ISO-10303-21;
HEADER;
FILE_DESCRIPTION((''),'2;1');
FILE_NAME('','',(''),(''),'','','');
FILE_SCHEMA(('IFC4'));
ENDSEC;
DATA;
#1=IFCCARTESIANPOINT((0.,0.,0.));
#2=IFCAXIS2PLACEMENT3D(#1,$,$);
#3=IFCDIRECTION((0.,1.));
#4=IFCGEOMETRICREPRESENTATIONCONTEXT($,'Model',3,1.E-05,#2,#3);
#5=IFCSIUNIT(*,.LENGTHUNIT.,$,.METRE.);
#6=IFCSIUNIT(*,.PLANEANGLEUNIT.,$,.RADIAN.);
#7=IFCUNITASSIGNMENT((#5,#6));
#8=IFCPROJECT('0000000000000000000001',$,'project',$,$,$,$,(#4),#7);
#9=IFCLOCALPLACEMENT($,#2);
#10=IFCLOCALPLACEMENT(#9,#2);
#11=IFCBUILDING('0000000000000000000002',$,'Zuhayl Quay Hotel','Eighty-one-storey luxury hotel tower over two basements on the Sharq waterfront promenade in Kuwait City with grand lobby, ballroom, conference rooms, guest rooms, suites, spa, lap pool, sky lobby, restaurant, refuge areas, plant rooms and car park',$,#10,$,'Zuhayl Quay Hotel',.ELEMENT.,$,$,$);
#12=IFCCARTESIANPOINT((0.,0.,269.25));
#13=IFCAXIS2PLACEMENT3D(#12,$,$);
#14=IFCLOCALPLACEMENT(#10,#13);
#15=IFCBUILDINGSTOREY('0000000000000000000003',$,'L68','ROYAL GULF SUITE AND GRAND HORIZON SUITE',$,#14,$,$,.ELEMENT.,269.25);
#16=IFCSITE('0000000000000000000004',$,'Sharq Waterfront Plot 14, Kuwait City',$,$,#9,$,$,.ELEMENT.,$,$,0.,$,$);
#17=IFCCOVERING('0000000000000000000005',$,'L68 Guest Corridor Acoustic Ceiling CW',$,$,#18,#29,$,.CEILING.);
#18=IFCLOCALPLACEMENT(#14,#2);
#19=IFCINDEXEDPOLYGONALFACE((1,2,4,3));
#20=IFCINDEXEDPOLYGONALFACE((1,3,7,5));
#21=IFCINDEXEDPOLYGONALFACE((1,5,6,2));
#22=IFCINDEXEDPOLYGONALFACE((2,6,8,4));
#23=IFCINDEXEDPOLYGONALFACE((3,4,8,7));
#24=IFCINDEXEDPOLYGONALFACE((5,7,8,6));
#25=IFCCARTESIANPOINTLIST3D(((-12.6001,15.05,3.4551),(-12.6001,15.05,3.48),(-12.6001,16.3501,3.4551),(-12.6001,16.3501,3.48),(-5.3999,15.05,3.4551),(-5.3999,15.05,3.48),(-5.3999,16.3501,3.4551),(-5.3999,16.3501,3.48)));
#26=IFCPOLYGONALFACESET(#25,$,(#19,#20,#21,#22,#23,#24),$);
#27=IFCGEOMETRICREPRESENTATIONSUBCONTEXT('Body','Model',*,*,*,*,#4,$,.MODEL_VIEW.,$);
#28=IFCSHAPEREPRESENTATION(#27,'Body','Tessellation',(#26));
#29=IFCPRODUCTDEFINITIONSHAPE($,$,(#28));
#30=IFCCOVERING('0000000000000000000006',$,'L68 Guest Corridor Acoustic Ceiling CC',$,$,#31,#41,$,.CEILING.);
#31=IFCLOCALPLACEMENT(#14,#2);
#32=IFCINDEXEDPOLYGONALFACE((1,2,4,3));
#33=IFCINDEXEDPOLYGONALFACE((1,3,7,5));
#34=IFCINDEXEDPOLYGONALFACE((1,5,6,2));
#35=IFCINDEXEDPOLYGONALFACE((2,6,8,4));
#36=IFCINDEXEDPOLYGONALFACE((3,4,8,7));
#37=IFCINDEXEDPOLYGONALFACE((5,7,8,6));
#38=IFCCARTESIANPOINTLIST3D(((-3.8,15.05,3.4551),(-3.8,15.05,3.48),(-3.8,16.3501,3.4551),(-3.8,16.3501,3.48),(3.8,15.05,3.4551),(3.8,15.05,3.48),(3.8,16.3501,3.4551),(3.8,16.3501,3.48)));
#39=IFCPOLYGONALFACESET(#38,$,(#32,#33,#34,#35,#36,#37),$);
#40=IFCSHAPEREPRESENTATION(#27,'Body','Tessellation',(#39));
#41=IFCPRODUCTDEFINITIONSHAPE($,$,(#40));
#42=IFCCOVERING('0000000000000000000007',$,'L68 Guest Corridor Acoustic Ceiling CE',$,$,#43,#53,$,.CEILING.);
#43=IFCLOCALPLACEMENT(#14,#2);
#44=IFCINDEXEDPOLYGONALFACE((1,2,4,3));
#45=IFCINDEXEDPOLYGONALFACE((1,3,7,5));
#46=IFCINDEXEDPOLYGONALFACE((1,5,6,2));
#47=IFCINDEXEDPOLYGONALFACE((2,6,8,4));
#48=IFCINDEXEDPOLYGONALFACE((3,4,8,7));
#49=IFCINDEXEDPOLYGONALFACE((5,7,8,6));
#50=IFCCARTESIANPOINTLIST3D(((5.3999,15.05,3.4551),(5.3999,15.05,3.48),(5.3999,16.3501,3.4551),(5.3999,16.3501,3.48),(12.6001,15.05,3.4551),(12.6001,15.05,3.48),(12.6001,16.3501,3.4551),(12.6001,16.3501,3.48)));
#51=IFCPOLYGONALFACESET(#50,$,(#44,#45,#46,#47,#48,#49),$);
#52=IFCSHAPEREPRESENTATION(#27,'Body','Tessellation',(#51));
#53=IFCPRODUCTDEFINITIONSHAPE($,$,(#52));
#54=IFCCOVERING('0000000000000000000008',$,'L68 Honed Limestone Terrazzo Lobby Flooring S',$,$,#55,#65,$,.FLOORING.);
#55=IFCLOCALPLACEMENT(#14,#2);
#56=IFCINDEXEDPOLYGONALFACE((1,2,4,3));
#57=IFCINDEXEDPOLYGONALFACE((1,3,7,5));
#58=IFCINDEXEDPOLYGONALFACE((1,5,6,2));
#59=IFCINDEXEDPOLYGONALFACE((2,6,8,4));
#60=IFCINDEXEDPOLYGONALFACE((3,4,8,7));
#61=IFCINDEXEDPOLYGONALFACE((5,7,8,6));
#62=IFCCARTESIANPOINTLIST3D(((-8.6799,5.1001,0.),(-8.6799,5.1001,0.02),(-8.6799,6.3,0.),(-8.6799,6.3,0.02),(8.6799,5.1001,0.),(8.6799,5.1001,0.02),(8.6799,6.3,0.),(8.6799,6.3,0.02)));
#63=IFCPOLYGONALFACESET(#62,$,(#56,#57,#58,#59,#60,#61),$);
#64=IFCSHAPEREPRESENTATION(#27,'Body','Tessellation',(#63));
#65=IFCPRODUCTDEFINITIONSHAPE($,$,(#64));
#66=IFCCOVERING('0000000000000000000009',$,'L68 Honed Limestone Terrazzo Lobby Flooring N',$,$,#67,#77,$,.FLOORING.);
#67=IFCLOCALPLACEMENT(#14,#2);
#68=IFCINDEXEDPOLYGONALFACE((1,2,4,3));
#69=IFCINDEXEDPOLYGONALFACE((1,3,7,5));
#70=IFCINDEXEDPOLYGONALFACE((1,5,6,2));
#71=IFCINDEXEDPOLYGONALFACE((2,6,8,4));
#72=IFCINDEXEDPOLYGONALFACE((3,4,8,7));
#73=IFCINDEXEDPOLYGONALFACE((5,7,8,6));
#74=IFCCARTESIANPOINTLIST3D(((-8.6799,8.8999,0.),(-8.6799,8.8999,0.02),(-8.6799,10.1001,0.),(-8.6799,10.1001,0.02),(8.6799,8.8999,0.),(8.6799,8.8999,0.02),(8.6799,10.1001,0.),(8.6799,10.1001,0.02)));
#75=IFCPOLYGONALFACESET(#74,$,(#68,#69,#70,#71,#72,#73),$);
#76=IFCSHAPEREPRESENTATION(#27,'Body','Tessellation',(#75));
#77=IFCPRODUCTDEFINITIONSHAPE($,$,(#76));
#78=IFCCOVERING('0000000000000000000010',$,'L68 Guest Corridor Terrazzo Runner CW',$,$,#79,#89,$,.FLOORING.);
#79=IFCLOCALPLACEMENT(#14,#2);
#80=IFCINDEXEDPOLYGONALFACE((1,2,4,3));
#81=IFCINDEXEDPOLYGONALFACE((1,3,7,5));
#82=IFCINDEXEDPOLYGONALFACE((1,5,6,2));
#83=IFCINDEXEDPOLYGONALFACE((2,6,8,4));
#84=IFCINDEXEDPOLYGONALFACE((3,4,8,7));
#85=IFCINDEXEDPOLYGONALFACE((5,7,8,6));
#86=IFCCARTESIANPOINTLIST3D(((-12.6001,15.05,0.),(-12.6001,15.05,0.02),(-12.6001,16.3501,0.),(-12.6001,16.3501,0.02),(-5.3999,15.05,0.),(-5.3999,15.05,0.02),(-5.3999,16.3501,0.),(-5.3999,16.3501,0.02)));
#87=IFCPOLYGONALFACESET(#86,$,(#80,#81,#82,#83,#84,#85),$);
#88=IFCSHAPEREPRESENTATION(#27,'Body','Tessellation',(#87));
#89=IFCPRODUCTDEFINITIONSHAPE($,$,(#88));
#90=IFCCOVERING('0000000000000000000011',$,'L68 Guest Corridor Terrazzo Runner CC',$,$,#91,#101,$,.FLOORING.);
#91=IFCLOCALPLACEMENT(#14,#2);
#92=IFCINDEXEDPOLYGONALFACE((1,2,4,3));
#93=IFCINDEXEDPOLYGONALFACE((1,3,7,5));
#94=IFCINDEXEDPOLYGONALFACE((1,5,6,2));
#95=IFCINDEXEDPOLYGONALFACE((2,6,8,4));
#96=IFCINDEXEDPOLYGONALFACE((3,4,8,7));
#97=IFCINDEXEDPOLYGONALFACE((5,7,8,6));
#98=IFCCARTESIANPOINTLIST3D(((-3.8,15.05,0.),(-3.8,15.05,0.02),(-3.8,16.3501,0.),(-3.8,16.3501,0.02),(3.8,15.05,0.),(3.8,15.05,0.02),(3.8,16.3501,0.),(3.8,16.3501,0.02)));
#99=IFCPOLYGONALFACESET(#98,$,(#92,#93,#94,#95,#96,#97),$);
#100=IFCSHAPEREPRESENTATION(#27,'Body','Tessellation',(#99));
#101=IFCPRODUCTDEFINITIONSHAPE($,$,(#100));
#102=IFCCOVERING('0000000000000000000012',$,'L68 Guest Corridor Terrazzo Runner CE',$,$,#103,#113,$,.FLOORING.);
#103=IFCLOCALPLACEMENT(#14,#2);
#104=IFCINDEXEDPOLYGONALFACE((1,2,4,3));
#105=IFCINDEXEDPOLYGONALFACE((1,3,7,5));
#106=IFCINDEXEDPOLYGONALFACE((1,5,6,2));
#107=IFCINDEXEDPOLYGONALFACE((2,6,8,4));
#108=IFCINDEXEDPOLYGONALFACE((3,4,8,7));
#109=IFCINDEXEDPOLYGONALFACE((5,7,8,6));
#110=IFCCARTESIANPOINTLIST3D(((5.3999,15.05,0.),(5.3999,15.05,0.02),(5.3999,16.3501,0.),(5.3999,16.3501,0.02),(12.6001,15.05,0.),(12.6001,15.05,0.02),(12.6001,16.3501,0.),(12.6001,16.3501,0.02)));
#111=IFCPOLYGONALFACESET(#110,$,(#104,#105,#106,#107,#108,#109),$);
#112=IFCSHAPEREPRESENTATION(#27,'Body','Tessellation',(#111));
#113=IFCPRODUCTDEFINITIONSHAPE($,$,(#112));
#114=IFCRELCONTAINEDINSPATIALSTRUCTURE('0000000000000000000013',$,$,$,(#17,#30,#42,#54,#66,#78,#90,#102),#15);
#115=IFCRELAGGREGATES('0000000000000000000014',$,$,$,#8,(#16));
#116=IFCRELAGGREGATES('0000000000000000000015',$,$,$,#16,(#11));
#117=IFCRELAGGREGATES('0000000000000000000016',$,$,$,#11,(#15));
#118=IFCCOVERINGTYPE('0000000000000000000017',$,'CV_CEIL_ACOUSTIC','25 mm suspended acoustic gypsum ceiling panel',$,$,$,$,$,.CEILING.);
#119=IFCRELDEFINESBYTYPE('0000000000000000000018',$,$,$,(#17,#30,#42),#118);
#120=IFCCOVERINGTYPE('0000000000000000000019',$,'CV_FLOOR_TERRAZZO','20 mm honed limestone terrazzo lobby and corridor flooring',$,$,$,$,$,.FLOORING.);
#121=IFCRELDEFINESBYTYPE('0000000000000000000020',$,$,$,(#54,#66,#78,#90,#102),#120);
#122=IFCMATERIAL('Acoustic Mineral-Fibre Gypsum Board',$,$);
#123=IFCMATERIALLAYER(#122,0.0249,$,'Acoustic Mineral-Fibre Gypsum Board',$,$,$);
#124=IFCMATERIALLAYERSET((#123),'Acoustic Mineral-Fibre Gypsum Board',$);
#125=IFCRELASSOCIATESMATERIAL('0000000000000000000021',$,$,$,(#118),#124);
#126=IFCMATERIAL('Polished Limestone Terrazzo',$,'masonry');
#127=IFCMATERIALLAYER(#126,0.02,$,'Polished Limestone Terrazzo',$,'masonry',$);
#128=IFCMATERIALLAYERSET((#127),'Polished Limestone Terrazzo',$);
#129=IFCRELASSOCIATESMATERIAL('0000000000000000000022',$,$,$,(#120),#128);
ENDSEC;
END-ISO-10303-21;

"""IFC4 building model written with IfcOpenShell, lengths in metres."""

from ifc_helpers import new_model, si_unit, direction, frame, origin, place, context, subcontext, project, spatial, polyline, outline, extrude, material, layer, layer_set, type_object, element, save


model = new_model("IFC4")

# Units and contexts
model_context = context("Model", 3, precision=1e-05, world=origin(), true_north=direction((0.0, 1.0)))
body_context = subcontext(model_context, "Body", "Model", "MODEL_VIEW")
ifc_project = project(units=[si_unit("LENGTHUNIT", "METRE"), si_unit("PLANEANGLEUNIT", "RADIAN")], contexts=[model_context])

# Site, building, storey
site_placement = place(None, origin())
site = spatial("IfcSite", under=ifc_project, at=site_placement, Name="Sharq Waterfront Plot 14, Kuwait City", CompositionType="ELEMENT", RefElevation=0.0)
building_placement = place(site_placement, origin())
building = spatial("IfcBuilding", under=site, at=building_placement, Name="Zuhayl Quay Hotel", Description="Eighty-one-storey luxury hotel tower over two basements on the Sharq waterfront promenade in Kuwait City with grand lobby, ballroom, conference rooms, guest rooms, suites, spa, lap pool, sky lobby, restaurant, refuge areas, plant rooms and car park", LongName="Zuhayl Quay Hotel", CompositionType="ELEMENT")
storey_placement = place(building_placement, frame((0.0, 0.0, 269.25)))
storey = spatial("IfcBuildingStorey", under=building, at=storey_placement, Name="L68", Description="ROYAL GULF SUITE AND GRAND HORIZON SUITE", CompositionType="ELEMENT", Elevation=269.25)

# Coverings
ifc_material_1 = material(Name="Acoustic Mineral-Fibre Gypsum Board")
ifc_layer_1 = layer(ifc_material_1, 0.0249, Name="Acoustic Mineral-Fibre Gypsum Board")
ifc_layer_set_1 = layer_set([ifc_layer_1], Name="Acoustic Mineral-Fibre Gypsum Board")
covering_type_1 = type_object("IfcCoveringType", Name="CV_CEIL_ACOUSTIC", Description="25 mm suspended acoustic gypsum ceiling panel", PredefinedType="CEILING", material=ifc_layer_set_1)
covering_1_placement = place(storey_placement, frame((0.0, 0.0, 3.4551)))
element("IfcCovering", 1, at=covering_1_placement, inside=storey, type_object=covering_type_1, Name="L68 Guest Corridor Acoustic Ceiling CW", PredefinedType="CEILING", context=body_context, shape_type="SweptSolid", body=[
    extrude(outline(polyline([(-12.6001, 15.05), (-5.3999, 15.05), (-5.3999, 16.3501), (-12.6001, 16.3501), (-12.6001, 15.05)])), origin(), (0.0, 0.0, 1.0), 0.0249),
])
covering_2_placement = place(storey_placement, frame((0.0, 0.0, 3.4551)))
element("IfcCovering", 2, at=covering_2_placement, inside=storey, type_object=covering_type_1, Name="L68 Guest Corridor Acoustic Ceiling CC", PredefinedType="CEILING", context=body_context, shape_type="SweptSolid", body=[
    extrude(outline(polyline([(-3.8, 15.05), (3.8, 15.05), (3.8, 16.3501), (-3.8, 16.3501), (-3.8, 15.05)])), origin(), (0.0, 0.0, 1.0), 0.0249),
])
covering_3_placement = place(storey_placement, frame((0.0, 0.0, 3.4551)))
element("IfcCovering", 3, at=covering_3_placement, inside=storey, type_object=covering_type_1, Name="L68 Guest Corridor Acoustic Ceiling CE", PredefinedType="CEILING", context=body_context, shape_type="SweptSolid", body=[
    extrude(outline(polyline([(5.3999, 15.05), (12.6001, 15.05), (12.6001, 16.3501), (5.3999, 16.3501), (5.3999, 15.05)])), origin(), (0.0, 0.0, 1.0), 0.0249),
])
ifc_material_2 = material(Name="Polished Limestone Terrazzo", Category="masonry")
ifc_layer_2 = layer(ifc_material_2, 0.02, Name="Polished Limestone Terrazzo", Category="masonry")
ifc_layer_set_2 = layer_set([ifc_layer_2], Name="Polished Limestone Terrazzo")
covering_type_2 = type_object("IfcCoveringType", Name="CV_FLOOR_TERRAZZO", Description="20 mm honed limestone terrazzo lobby and corridor flooring", PredefinedType="FLOORING", material=ifc_layer_set_2)
covering_4_placement = place(storey_placement, origin())
element("IfcCovering", 4, at=covering_4_placement, inside=storey, type_object=covering_type_2, Name="L68 Honed Limestone Terrazzo Lobby Flooring S", PredefinedType="FLOORING", context=body_context, shape_type="SweptSolid", body=[
    extrude(outline(polyline([(-8.6799, 5.1001), (8.6799, 5.1001), (8.6799, 6.3), (-8.6799, 6.3), (-8.6799, 5.1001)])), origin(), (0.0, 0.0, 1.0), 0.02),
])
covering_5_placement = place(storey_placement, origin())
element("IfcCovering", 5, at=covering_5_placement, inside=storey, type_object=covering_type_2, Name="L68 Honed Limestone Terrazzo Lobby Flooring N", PredefinedType="FLOORING", context=body_context, shape_type="SweptSolid", body=[
    extrude(outline(polyline([(-8.6799, 8.8999), (8.6799, 8.8999), (8.6799, 10.1001), (-8.6799, 10.1001), (-8.6799, 8.8999)])), origin(), (0.0, 0.0, 1.0), 0.02),
])
covering_6_placement = place(storey_placement, origin())
element("IfcCovering", 6, at=covering_6_placement, inside=storey, type_object=covering_type_2, Name="L68 Guest Corridor Terrazzo Runner CW", PredefinedType="FLOORING", context=body_context, shape_type="SweptSolid", body=[
    extrude(outline(polyline([(-12.6001, 15.05), (-5.3999, 15.05), (-5.3999, 16.3501), (-12.6001, 16.3501), (-12.6001, 15.05)])), origin(), (0.0, 0.0, 1.0), 0.02),
])
covering_7_placement = place(storey_placement, origin())
element("IfcCovering", 7, at=covering_7_placement, inside=storey, type_object=covering_type_2, Name="L68 Guest Corridor Terrazzo Runner CC", PredefinedType="FLOORING", context=body_context, shape_type="SweptSolid", body=[
    extrude(outline(polyline([(-3.8, 15.05), (3.8, 15.05), (3.8, 16.3501), (-3.8, 16.3501), (-3.8, 15.05)])), origin(), (0.0, 0.0, 1.0), 0.02),
])
covering_8_placement = place(storey_placement, origin())
element("IfcCovering", 8, at=covering_8_placement, inside=storey, type_object=covering_type_2, Name="L68 Guest Corridor Terrazzo Runner CE", PredefinedType="FLOORING", context=body_context, shape_type="SweptSolid", body=[
    extrude(outline(polyline([(5.3999, 15.05), (12.6001, 15.05), (12.6001, 16.3501), (5.3999, 16.3501), (5.3999, 15.05)])), origin(), (0.0, 0.0, 1.0), 0.02),
])

save(model, "model.ifc")
